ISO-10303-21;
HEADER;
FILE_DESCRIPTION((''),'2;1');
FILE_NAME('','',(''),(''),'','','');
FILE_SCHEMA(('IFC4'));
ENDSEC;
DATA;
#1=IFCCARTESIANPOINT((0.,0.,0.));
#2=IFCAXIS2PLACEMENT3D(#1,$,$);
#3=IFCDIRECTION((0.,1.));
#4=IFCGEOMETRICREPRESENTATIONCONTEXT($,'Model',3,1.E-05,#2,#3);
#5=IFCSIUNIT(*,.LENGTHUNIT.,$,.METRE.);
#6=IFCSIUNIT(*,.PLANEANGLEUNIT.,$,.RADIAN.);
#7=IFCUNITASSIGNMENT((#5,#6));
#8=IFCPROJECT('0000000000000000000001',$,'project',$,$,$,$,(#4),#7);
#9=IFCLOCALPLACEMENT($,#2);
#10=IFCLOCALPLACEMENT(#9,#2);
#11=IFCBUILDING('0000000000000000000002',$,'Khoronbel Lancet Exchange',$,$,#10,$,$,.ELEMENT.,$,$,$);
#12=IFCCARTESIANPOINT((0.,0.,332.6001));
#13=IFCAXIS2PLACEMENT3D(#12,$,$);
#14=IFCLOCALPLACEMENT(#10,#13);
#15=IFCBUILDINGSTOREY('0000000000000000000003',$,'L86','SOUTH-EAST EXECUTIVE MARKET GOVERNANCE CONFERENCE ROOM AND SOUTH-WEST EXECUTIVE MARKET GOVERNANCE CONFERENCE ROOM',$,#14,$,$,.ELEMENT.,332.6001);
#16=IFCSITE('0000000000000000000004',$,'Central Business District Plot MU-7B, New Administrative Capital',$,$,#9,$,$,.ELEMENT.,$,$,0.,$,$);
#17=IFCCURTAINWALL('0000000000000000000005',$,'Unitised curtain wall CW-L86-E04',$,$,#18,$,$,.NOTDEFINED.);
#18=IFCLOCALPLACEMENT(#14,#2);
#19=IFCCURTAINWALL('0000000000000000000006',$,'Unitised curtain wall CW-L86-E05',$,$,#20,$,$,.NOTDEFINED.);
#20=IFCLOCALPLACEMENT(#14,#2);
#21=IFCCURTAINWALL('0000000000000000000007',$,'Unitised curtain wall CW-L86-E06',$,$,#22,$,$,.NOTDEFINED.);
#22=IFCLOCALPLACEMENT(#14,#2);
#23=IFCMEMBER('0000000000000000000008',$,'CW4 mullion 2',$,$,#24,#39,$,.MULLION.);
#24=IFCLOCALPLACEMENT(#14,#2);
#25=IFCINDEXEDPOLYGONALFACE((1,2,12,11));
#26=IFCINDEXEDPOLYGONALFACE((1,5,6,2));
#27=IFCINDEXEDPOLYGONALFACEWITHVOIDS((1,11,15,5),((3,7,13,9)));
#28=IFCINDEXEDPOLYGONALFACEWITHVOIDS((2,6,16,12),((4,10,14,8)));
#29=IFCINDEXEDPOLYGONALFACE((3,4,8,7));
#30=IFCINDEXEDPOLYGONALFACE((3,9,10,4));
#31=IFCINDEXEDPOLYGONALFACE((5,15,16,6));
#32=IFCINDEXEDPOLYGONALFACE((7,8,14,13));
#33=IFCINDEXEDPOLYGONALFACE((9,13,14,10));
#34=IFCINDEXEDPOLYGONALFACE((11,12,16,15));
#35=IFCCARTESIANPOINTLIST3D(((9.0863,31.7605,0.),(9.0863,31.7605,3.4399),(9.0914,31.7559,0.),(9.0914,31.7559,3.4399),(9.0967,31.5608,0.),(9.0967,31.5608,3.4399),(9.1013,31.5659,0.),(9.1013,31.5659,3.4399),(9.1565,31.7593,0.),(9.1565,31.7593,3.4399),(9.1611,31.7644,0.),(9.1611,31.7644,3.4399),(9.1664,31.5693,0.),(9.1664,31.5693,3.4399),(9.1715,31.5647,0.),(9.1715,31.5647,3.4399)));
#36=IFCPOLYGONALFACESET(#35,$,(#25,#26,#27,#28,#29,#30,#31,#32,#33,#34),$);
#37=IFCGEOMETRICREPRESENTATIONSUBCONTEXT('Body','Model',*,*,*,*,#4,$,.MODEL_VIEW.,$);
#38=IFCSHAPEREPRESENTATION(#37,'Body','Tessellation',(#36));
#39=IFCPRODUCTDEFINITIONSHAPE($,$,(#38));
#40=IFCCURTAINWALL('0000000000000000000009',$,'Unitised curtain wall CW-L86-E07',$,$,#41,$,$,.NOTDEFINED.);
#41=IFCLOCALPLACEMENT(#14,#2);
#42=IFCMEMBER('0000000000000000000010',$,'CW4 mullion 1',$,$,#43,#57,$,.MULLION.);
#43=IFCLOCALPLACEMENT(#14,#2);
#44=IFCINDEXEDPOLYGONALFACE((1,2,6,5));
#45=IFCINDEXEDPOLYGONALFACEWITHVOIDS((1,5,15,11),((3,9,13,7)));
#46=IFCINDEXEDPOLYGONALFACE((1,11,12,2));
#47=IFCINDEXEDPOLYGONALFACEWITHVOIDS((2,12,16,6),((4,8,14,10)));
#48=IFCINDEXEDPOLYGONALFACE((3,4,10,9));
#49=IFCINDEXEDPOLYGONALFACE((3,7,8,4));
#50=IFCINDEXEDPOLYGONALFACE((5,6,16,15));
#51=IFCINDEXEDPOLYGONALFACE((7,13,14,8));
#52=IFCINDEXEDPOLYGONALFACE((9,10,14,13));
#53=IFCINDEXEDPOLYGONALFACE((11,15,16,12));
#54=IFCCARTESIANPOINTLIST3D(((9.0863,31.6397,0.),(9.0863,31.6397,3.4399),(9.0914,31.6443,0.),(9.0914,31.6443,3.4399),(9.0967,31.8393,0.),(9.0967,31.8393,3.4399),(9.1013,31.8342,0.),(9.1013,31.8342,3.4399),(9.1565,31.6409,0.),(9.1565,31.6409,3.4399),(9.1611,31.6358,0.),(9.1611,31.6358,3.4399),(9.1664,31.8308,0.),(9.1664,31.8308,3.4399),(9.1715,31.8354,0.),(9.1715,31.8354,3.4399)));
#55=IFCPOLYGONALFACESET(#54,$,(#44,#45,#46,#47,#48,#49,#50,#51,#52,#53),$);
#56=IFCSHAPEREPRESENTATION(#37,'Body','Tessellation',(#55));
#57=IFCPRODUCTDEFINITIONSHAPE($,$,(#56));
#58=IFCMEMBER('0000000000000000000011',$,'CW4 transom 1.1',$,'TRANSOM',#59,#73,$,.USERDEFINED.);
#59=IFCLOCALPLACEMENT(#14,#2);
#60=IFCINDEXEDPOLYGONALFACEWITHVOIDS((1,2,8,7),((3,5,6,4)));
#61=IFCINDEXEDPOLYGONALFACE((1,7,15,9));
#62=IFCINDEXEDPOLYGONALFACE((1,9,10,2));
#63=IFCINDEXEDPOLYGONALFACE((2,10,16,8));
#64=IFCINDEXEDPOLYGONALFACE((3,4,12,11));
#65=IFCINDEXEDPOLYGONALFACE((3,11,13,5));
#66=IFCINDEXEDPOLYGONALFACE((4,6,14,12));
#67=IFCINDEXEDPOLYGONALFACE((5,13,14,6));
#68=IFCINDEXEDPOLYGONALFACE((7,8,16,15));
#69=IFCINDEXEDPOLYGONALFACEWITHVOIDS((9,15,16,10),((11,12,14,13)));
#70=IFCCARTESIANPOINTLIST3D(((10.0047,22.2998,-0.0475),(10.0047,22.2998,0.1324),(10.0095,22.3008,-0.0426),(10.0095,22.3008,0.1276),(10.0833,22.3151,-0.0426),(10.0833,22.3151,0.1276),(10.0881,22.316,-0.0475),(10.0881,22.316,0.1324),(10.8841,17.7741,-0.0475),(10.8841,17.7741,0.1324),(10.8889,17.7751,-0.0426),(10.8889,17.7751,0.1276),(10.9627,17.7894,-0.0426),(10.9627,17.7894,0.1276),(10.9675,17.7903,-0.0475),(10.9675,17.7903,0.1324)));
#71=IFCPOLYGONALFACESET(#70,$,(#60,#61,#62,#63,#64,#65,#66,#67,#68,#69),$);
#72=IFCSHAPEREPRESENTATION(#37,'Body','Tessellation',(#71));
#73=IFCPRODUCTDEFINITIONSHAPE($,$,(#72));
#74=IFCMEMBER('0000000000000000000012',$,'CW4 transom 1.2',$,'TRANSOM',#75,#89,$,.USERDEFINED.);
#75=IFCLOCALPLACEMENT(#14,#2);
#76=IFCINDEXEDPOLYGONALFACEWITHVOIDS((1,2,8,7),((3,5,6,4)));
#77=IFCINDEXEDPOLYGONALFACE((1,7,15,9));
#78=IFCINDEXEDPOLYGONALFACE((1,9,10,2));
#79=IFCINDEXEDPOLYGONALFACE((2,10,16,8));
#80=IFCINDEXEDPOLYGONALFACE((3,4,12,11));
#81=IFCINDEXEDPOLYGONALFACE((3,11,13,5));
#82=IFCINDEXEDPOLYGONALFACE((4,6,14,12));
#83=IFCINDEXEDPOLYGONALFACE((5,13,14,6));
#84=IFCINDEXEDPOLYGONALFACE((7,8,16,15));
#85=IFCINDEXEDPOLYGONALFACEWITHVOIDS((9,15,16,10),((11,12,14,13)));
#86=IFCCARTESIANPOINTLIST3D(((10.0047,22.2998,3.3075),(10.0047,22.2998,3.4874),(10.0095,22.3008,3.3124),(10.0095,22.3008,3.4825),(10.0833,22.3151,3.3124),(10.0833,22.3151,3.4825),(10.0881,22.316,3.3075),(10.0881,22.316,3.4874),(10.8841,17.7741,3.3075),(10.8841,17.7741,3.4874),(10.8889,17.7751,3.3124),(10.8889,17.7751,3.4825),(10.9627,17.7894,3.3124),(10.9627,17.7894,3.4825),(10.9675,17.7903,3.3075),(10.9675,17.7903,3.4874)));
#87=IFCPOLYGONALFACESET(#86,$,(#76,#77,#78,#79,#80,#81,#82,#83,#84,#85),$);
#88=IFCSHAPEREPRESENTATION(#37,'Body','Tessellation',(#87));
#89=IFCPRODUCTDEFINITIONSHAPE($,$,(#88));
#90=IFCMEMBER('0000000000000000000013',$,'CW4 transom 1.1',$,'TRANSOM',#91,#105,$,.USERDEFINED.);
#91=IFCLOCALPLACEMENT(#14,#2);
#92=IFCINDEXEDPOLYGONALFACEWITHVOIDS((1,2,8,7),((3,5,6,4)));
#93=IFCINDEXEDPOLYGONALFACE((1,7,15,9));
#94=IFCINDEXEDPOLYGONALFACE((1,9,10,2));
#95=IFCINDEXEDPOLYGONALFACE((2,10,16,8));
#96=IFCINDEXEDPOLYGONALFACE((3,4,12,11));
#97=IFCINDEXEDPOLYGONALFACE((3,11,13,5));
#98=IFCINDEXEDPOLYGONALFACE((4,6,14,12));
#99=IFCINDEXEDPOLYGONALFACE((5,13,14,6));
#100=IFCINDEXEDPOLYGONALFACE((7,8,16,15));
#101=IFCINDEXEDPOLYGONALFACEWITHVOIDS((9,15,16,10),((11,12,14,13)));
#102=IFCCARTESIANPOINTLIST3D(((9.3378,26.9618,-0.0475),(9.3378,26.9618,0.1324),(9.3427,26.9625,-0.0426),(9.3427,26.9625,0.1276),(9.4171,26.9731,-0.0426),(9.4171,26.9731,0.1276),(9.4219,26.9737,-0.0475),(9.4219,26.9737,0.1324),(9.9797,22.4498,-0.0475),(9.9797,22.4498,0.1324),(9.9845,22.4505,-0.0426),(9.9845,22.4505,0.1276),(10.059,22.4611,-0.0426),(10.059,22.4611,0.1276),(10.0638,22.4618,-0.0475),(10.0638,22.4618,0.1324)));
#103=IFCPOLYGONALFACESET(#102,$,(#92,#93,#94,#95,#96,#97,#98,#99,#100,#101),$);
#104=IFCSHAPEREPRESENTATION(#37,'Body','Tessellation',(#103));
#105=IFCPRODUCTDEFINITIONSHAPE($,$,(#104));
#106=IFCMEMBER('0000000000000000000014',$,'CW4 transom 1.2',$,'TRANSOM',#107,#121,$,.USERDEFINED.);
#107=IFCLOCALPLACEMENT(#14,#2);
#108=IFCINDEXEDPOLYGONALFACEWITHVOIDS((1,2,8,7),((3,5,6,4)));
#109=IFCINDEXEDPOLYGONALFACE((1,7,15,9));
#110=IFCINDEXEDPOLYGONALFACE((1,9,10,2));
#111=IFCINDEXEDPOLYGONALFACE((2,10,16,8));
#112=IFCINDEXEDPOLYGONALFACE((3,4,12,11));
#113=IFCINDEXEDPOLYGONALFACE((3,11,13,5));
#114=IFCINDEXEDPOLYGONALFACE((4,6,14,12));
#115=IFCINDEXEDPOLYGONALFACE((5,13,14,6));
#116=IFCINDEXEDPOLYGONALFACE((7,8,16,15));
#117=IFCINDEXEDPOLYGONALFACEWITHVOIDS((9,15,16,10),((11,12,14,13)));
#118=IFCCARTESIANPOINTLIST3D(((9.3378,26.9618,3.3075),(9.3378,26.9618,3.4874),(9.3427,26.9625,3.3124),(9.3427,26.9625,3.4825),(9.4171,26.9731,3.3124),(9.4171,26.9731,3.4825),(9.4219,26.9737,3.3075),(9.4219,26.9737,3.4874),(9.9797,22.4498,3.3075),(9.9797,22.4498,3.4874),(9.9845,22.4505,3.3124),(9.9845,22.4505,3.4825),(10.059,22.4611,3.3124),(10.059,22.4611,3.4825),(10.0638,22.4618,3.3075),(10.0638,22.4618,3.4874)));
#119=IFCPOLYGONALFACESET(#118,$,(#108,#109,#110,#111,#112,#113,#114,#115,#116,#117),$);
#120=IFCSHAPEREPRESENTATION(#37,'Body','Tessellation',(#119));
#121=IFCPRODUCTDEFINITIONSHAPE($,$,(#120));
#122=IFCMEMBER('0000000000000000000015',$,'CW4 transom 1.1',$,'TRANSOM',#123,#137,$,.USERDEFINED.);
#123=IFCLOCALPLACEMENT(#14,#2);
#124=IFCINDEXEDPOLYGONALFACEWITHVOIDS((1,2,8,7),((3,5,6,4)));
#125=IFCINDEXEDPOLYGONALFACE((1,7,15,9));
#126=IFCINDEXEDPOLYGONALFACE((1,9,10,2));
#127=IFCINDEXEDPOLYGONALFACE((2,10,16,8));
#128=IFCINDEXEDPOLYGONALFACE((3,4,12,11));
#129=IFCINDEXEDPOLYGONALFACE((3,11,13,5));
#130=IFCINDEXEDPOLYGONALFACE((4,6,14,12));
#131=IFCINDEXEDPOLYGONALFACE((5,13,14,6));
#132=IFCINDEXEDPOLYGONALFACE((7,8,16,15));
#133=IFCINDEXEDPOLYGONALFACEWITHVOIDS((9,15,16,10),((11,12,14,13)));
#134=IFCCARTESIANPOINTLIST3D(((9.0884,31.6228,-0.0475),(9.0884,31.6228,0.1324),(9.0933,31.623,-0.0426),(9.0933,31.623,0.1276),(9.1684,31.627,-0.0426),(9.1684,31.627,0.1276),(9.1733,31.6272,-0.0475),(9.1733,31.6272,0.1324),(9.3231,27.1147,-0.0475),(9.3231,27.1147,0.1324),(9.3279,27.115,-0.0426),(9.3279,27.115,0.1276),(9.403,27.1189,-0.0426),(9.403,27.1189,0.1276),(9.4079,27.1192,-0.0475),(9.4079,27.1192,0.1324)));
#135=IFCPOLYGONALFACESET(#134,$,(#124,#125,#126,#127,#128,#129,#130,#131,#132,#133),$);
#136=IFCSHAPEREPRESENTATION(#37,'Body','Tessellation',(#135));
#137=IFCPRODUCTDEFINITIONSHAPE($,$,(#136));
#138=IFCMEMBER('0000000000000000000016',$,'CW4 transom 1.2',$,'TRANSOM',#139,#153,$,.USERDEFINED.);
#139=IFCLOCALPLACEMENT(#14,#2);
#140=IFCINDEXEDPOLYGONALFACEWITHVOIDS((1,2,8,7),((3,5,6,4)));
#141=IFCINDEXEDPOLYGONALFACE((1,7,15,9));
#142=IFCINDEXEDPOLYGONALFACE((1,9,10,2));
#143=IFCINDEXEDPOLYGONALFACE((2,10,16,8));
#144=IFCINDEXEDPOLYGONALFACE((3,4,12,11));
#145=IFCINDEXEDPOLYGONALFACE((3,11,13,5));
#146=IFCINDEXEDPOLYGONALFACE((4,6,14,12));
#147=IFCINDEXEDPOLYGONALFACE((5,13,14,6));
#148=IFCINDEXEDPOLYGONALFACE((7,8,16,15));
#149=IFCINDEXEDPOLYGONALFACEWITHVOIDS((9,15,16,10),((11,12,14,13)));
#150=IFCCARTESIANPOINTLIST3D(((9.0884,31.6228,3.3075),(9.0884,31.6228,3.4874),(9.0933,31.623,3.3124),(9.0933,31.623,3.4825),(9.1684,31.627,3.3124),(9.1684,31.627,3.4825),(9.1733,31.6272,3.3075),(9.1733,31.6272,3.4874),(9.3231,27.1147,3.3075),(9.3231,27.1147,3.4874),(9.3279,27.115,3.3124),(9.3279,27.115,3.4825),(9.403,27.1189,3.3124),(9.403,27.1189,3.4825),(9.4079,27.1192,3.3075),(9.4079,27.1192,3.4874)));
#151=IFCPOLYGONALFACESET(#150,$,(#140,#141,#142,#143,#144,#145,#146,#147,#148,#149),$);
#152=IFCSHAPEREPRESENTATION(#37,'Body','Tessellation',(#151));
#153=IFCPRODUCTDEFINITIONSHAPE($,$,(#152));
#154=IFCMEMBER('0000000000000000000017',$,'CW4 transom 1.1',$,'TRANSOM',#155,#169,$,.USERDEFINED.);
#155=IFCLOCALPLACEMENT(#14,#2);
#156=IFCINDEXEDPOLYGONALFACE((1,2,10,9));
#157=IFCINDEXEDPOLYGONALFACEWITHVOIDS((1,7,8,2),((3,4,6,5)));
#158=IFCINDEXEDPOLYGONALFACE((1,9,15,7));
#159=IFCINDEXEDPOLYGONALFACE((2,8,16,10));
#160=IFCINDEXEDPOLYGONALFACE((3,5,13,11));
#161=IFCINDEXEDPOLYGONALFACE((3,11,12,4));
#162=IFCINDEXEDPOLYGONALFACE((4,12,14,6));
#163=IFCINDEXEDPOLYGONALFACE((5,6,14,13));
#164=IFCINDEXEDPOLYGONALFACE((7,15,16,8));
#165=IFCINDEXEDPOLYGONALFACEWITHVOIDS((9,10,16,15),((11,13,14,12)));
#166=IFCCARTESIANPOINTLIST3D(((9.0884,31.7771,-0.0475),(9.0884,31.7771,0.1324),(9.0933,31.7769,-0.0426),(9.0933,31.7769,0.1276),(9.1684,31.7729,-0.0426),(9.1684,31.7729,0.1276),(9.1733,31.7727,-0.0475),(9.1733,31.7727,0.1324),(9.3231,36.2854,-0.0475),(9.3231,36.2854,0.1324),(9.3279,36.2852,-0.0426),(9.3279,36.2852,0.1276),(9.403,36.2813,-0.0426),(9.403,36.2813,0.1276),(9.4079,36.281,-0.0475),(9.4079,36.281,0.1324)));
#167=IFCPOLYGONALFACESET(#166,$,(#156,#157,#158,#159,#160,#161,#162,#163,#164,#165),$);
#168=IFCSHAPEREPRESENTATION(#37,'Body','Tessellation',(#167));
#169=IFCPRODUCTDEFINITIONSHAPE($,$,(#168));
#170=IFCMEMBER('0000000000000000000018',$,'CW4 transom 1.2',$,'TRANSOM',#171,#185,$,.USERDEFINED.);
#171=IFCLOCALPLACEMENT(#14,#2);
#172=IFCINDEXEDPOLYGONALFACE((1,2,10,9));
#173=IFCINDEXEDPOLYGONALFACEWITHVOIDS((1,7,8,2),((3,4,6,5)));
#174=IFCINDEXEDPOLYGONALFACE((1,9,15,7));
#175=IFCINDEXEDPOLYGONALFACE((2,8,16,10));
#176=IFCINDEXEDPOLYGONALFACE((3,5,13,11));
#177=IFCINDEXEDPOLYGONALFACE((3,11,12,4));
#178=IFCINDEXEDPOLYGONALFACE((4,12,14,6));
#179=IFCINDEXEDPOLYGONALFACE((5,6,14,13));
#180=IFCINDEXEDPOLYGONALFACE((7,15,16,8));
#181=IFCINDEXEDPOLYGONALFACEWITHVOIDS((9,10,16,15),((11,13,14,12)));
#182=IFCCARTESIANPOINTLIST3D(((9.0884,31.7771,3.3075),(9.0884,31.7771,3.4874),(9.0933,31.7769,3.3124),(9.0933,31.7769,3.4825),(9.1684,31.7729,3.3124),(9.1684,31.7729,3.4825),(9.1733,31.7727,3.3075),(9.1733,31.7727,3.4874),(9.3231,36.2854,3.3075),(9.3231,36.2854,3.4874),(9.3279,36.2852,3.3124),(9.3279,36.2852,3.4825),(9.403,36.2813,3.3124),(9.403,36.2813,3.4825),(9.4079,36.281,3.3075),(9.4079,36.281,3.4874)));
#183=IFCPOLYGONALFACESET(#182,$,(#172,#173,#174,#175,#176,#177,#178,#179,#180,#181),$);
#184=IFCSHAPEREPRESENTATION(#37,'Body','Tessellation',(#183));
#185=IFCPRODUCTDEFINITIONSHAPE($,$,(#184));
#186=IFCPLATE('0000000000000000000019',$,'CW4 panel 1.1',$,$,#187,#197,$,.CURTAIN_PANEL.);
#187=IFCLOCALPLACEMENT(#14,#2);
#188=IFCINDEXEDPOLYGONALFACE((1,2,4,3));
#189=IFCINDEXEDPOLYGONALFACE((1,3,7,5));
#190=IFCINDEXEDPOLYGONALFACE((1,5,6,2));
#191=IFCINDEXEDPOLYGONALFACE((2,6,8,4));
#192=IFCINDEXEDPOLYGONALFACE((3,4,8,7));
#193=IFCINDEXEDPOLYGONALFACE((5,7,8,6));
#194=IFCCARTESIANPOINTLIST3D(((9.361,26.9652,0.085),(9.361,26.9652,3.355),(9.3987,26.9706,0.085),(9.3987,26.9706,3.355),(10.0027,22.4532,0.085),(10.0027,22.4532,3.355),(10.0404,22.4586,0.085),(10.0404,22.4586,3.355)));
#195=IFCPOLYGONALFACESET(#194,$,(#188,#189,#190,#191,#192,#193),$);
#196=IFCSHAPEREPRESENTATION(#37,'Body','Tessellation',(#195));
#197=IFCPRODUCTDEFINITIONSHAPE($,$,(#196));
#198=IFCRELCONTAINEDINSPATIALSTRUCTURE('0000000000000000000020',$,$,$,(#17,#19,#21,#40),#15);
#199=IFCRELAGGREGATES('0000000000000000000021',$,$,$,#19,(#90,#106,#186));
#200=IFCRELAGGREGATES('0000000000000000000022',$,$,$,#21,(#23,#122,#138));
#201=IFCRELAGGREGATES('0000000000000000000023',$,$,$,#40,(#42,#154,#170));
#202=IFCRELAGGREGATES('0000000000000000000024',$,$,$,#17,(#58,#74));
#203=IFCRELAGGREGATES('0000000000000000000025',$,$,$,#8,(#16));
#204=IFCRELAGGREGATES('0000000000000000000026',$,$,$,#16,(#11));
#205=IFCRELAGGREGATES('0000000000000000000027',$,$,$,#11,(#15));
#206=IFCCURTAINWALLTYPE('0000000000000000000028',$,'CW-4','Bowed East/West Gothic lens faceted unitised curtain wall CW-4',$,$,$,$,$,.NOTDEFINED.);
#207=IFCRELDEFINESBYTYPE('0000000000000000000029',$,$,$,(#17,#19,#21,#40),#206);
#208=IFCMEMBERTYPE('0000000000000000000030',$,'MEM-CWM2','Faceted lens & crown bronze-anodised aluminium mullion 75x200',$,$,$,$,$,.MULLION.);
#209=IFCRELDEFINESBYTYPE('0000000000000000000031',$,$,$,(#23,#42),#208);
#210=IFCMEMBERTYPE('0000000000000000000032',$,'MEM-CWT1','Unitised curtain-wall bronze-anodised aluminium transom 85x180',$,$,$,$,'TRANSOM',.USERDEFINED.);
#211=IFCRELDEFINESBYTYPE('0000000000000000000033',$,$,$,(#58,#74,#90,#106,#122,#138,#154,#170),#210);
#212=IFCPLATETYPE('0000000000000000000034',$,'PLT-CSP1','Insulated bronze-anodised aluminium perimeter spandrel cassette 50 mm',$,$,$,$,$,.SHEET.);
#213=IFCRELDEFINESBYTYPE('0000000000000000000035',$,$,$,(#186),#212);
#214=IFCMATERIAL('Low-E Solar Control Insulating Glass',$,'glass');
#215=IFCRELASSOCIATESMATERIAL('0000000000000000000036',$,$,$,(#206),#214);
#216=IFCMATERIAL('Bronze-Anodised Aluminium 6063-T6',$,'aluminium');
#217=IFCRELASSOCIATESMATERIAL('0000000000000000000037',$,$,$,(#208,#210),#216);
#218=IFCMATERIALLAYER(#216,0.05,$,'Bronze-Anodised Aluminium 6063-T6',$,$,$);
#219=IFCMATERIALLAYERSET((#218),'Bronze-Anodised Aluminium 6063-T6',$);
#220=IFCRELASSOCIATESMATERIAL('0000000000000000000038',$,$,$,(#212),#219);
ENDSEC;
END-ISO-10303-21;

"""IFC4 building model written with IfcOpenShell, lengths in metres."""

from ifc_helpers import new_model, si_unit, direction, frame, origin, origin_2d, place, context, subcontext, project, spatial, rectangle, hollow_rectangle, extrude, material, layer, layer_set, material_profile, profile_set, type_object, element, aggregate, save


model = new_model("IFC4")

# Units and contexts
model_context = context("Model", 3, precision=1e-05, world=origin(), true_north=direction((0.0, 1.0)))
body_context = subcontext(model_context, "Body", "Model", "MODEL_VIEW")
ifc_project = project(units=[si_unit("LENGTHUNIT", "METRE"), si_unit("PLANEANGLEUNIT", "RADIAN")], contexts=[model_context])

# Site, building, storey
site_placement = place(None, origin())
site = spatial("IfcSite", under=ifc_project, at=site_placement, Name="Central Business District Plot MU-7B, New Administrative Capital", CompositionType="ELEMENT", RefElevation=0.0)
building_placement = place(site_placement, origin())
building = spatial("IfcBuilding", under=site, at=building_placement, Name="Khoronbel Lancet Exchange", CompositionType="ELEMENT")
storey_placement = place(building_placement, frame((0.0, 0.0, 332.6001)))
storey = spatial("IfcBuildingStorey", under=building, at=storey_placement, Name="L86", Description="SOUTH-EAST EXECUTIVE MARKET GOVERNANCE CONFERENCE ROOM AND SOUTH-WEST EXECUTIVE MARKET GOVERNANCE CONFERENCE ROOM", CompositionType="ELEMENT", Elevation=332.6001)

# Curtain walls, member
ifc_material_1 = material(Name="Low-E Solar Control Insulating Glass", Category="glass")
curtain_wall_type = type_object("IfcCurtainWallType", Name="CW-4", Description="Bowed East/West Gothic lens faceted unitised curtain wall CW-4", PredefinedType="NOTDEFINED", material=ifc_material_1)
curtain_wall_1_placement = place(storey_placement, origin())
curtain_wall_1 = element("IfcCurtainWall", 1, at=curtain_wall_1_placement, inside=storey, type_object=curtain_wall_type, Name="Unitised curtain wall CW-L86-E04", PredefinedType="NOTDEFINED")
ifc_material_2 = material(Name="Bronze-Anodised Aluminium 6063-T6", Category="aluminium")
ifc_material_profile_1 = material_profile(ifc_material_2, hollow_rectangle(XDim=0.075, YDim=0.2, WallThickness=0.0049, at=origin_2d()), Name="ALU MULLION 75x200")
ifc_profile_set_1 = profile_set([ifc_material_profile_1], Name="Bronze-Anodised Aluminium 6063-T6")
member_type_1 = type_object("IfcMemberType", Name="MEM-CWM2", Description="Faceted lens & crown bronze-anodised aluminium mullion 75x200", PredefinedType="MULLION", material=ifc_profile_set_1)
curtain_wall_2_placement = place(storey_placement, origin())
curtain_wall_2 = element("IfcCurtainWall", 2, at=curtain_wall_2_placement, inside=storey, type_object=curtain_wall_type, Name="Unitised curtain wall CW-L86-E05", PredefinedType="NOTDEFINED")
curtain_wall_3_placement = place(storey_placement, origin())
curtain_wall_3 = element("IfcCurtainWall", 3, at=curtain_wall_3_placement, inside=storey, type_object=curtain_wall_type, Name="Unitised curtain wall CW-L86-E06", PredefinedType="NOTDEFINED")
member_1_placement = place(storey_placement, frame((9.1289, 31.6626, 0.0), z_axis=(0.0, 0.0, 1.0), x_axis=(-0.998648, -0.051991, 0.0)))
member_1 = element("IfcMember", 4, at=member_1_placement, type_object=member_type_1, Name="CW4 mullion 2", PredefinedType="MULLION", context=body_context, shape_type="SweptSolid", body=[
    extrude(hollow_rectangle(XDim=0.075, YDim=0.2, WallThickness=0.0049, at=origin_2d()), origin(), (0.0, 0.0, 1.0), 3.4399),
])

# Curtain wall, member
curtain_wall_4_placement = place(storey_placement, origin())
curtain_wall_4 = element("IfcCurtainWall", 5, at=curtain_wall_4_placement, inside=storey, type_object=curtain_wall_type, Name="Unitised curtain wall CW-L86-E07", PredefinedType="NOTDEFINED")
member_2_placement = place(storey_placement, frame((9.1289, 31.7375, 0.0), z_axis=(0.0, 0.0, 1.0), x_axis=(-0.998648, 0.051991, 0.0)))
member_2 = element("IfcMember", 6, at=member_2_placement, type_object=member_type_1, Name="CW4 mullion 1", PredefinedType="MULLION", context=body_context, shape_type="SweptSolid", body=[
    extrude(hollow_rectangle(XDim=0.075, YDim=0.2, WallThickness=0.0049, at=origin_2d()), origin(), (0.0, 0.0, 1.0), 3.4399),
])

# Members
ifc_material_profile_2 = material_profile(ifc_material_2, hollow_rectangle(XDim=0.085, YDim=0.1799, WallThickness=0.0049, at=origin_2d()), Name="ALU TRANSOM 85x180")
ifc_profile_set_2 = profile_set([ifc_material_profile_2], Name="Bronze-Anodised Aluminium 6063-T6")
member_type_2 = type_object("IfcMemberType", Name="MEM-CWT1", Description="Unitised curtain-wall bronze-anodised aluminium transom 85x180", ElementType="TRANSOM", PredefinedType="USERDEFINED", material=ifc_profile_set_2)
member_3_placement = place(storey_placement, frame((10.9258, 17.7822, 0.0425), z_axis=(-0.190746, 0.981639, 0.0), x_axis=(-0.981639, -0.190746, 0.0)))
member_3 = element("IfcMember", 7, at=member_3_placement, type_object=member_type_2, Name="CW4 transom 1.1", ObjectType="TRANSOM", PredefinedType="USERDEFINED", context=body_context, shape_type="SweptSolid", body=[
    extrude(hollow_rectangle(XDim=0.085, YDim=0.1799, WallThickness=0.0049, at=origin_2d()), origin(), (0.0, 0.0, 1.0), 4.6104),
])
member_4_placement = place(storey_placement, frame((10.9258, 17.7822, 3.3975), z_axis=(-0.190746, 0.981639, 0.0), x_axis=(-0.981639, -0.190746, 0.0)))
member_4 = element("IfcMember", 8, at=member_4_placement, type_object=member_type_2, Name="CW4 transom 1.2", ObjectType="TRANSOM", PredefinedType="USERDEFINED", context=body_context, shape_type="SweptSolid", body=[
    extrude(hollow_rectangle(XDim=0.085, YDim=0.1799, WallThickness=0.0049, at=origin_2d()), origin(), (0.0, 0.0, 1.0), 4.6104),
])
member_5_placement = place(storey_placement, frame((10.0217, 22.4558, 0.0425), z_axis=(-0.140836, 0.990033, 0.0), x_axis=(-0.990033, -0.140836, 0.0)))
member_5 = element("IfcMember", 9, at=member_5_placement, type_object=member_type_2, Name="CW4 transom 1.1", ObjectType="TRANSOM", PredefinedType="USERDEFINED", context=body_context, shape_type="SweptSolid", body=[
    extrude(hollow_rectangle(XDim=0.085, YDim=0.1799, WallThickness=0.0049, at=origin_2d()), origin(), (0.0, 0.0, 1.0), 4.5574),
])
member_6_placement = place(storey_placement, frame((10.0217, 22.4558, 3.3975), z_axis=(-0.140836, 0.990033, 0.0), x_axis=(-0.990033, -0.140836, 0.0)))
member_6 = element("IfcMember", 10, at=member_6_placement, type_object=member_type_2, Name="CW4 transom 1.2", ObjectType="TRANSOM", PredefinedType="USERDEFINED", context=body_context, shape_type="SweptSolid", body=[
    extrude(hollow_rectangle(XDim=0.085, YDim=0.1799, WallThickness=0.0049, at=origin_2d()), origin(), (0.0, 0.0, 1.0), 4.5574),
])
member_7_placement = place(storey_placement, frame((9.3655, 27.1169, 0.0425), z_axis=(-0.051974, 0.998648, 0.0), x_axis=(-0.998648, -0.051974, 0.0)))
member_7 = element("IfcMember", 11, at=member_7_placement, type_object=member_type_2, Name="CW4 transom 1.1", ObjectType="TRANSOM", PredefinedType="USERDEFINED", context=body_context, shape_type="SweptSolid", body=[
    extrude(hollow_rectangle(XDim=0.085, YDim=0.1799, WallThickness=0.0049, at=origin_2d()), origin(), (0.0, 0.0, 1.0), 4.5142),
])
member_8_placement = place(storey_placement, frame((9.3655, 27.1169, 3.3975), z_axis=(-0.051974, 0.998648, 0.0), x_axis=(-0.998648, -0.051974, 0.0)))
member_8 = element("IfcMember", 12, at=member_8_placement, type_object=member_type_2, Name="CW4 transom 1.2", ObjectType="TRANSOM", PredefinedType="USERDEFINED", context=body_context, shape_type="SweptSolid", body=[
    extrude(hollow_rectangle(XDim=0.085, YDim=0.1799, WallThickness=0.0049, at=origin_2d()), origin(), (0.0, 0.0, 1.0), 4.5142),
])
member_9_placement = place(storey_placement, frame((9.1309, 31.7749, 0.0425), z_axis=(0.051971, 0.998649, 0.0), x_axis=(-0.998649, 0.051971, 0.0)))
member_9 = element("IfcMember", 13, at=member_9_placement, type_object=member_type_2, Name="CW4 transom 1.1", ObjectType="TRANSOM", PredefinedType="USERDEFINED", context=body_context, shape_type="SweptSolid", body=[
    extrude(hollow_rectangle(XDim=0.085, YDim=0.1799, WallThickness=0.0049, at=origin_2d()), origin(), (0.0, 0.0, 1.0), 4.5144),
])
member_10_placement = place(storey_placement, frame((9.1309, 31.7749, 3.3975), z_axis=(0.051971, 0.998649, 0.0), x_axis=(-0.998649, 0.051971, 0.0)))
member_10 = element("IfcMember", 14, at=member_10_placement, type_object=member_type_2, Name="CW4 transom 1.2", ObjectType="TRANSOM", PredefinedType="USERDEFINED", context=body_context, shape_type="SweptSolid", body=[
    extrude(hollow_rectangle(XDim=0.085, YDim=0.1799, WallThickness=0.0049, at=origin_2d()), origin(), (0.0, 0.0, 1.0), 4.5144),
])

# Plate
ifc_layer_1 = layer(ifc_material_2, 0.05, Name="Bronze-Anodised Aluminium 6063-T6")
ifc_layer_set_1 = layer_set([ifc_layer_1], Name="Bronze-Anodised Aluminium 6063-T6")
plate_type_1 = type_object("IfcPlateType", Name="PLT-CSP1", Description="Insulated bronze-anodised aluminium perimeter spandrel cassette 50 mm", PredefinedType="SHEET", material=ifc_layer_set_1)
plate_1_placement = place(storey_placement, frame((9.7007, 24.7119, 0.085), z_axis=(0.0, 0.0, 1.0), x_axis=(-0.140803, 0.990038, 0.0)))
plate_1 = element("IfcPlate", 15, at=plate_1_placement, type_object=plate_type_1, Name="CW4 panel 1.1", PredefinedType="CURTAIN_PANEL", context=body_context, shape_type="SweptSolid", body=[
    extrude(rectangle(XDim=4.5574, YDim=0.0381, at=origin_2d()), origin(), (0.0, 0.0, 1.0), 3.27),
])
aggregate(curtain_wall_2, [member_5, member_6, plate_1])
aggregate(curtain_wall_3, [member_1, member_7, member_8])
aggregate(curtain_wall_4, [member_2, member_9, member_10])
aggregate(curtain_wall_1, [member_3, member_4])

save(model, "model.ifc")
